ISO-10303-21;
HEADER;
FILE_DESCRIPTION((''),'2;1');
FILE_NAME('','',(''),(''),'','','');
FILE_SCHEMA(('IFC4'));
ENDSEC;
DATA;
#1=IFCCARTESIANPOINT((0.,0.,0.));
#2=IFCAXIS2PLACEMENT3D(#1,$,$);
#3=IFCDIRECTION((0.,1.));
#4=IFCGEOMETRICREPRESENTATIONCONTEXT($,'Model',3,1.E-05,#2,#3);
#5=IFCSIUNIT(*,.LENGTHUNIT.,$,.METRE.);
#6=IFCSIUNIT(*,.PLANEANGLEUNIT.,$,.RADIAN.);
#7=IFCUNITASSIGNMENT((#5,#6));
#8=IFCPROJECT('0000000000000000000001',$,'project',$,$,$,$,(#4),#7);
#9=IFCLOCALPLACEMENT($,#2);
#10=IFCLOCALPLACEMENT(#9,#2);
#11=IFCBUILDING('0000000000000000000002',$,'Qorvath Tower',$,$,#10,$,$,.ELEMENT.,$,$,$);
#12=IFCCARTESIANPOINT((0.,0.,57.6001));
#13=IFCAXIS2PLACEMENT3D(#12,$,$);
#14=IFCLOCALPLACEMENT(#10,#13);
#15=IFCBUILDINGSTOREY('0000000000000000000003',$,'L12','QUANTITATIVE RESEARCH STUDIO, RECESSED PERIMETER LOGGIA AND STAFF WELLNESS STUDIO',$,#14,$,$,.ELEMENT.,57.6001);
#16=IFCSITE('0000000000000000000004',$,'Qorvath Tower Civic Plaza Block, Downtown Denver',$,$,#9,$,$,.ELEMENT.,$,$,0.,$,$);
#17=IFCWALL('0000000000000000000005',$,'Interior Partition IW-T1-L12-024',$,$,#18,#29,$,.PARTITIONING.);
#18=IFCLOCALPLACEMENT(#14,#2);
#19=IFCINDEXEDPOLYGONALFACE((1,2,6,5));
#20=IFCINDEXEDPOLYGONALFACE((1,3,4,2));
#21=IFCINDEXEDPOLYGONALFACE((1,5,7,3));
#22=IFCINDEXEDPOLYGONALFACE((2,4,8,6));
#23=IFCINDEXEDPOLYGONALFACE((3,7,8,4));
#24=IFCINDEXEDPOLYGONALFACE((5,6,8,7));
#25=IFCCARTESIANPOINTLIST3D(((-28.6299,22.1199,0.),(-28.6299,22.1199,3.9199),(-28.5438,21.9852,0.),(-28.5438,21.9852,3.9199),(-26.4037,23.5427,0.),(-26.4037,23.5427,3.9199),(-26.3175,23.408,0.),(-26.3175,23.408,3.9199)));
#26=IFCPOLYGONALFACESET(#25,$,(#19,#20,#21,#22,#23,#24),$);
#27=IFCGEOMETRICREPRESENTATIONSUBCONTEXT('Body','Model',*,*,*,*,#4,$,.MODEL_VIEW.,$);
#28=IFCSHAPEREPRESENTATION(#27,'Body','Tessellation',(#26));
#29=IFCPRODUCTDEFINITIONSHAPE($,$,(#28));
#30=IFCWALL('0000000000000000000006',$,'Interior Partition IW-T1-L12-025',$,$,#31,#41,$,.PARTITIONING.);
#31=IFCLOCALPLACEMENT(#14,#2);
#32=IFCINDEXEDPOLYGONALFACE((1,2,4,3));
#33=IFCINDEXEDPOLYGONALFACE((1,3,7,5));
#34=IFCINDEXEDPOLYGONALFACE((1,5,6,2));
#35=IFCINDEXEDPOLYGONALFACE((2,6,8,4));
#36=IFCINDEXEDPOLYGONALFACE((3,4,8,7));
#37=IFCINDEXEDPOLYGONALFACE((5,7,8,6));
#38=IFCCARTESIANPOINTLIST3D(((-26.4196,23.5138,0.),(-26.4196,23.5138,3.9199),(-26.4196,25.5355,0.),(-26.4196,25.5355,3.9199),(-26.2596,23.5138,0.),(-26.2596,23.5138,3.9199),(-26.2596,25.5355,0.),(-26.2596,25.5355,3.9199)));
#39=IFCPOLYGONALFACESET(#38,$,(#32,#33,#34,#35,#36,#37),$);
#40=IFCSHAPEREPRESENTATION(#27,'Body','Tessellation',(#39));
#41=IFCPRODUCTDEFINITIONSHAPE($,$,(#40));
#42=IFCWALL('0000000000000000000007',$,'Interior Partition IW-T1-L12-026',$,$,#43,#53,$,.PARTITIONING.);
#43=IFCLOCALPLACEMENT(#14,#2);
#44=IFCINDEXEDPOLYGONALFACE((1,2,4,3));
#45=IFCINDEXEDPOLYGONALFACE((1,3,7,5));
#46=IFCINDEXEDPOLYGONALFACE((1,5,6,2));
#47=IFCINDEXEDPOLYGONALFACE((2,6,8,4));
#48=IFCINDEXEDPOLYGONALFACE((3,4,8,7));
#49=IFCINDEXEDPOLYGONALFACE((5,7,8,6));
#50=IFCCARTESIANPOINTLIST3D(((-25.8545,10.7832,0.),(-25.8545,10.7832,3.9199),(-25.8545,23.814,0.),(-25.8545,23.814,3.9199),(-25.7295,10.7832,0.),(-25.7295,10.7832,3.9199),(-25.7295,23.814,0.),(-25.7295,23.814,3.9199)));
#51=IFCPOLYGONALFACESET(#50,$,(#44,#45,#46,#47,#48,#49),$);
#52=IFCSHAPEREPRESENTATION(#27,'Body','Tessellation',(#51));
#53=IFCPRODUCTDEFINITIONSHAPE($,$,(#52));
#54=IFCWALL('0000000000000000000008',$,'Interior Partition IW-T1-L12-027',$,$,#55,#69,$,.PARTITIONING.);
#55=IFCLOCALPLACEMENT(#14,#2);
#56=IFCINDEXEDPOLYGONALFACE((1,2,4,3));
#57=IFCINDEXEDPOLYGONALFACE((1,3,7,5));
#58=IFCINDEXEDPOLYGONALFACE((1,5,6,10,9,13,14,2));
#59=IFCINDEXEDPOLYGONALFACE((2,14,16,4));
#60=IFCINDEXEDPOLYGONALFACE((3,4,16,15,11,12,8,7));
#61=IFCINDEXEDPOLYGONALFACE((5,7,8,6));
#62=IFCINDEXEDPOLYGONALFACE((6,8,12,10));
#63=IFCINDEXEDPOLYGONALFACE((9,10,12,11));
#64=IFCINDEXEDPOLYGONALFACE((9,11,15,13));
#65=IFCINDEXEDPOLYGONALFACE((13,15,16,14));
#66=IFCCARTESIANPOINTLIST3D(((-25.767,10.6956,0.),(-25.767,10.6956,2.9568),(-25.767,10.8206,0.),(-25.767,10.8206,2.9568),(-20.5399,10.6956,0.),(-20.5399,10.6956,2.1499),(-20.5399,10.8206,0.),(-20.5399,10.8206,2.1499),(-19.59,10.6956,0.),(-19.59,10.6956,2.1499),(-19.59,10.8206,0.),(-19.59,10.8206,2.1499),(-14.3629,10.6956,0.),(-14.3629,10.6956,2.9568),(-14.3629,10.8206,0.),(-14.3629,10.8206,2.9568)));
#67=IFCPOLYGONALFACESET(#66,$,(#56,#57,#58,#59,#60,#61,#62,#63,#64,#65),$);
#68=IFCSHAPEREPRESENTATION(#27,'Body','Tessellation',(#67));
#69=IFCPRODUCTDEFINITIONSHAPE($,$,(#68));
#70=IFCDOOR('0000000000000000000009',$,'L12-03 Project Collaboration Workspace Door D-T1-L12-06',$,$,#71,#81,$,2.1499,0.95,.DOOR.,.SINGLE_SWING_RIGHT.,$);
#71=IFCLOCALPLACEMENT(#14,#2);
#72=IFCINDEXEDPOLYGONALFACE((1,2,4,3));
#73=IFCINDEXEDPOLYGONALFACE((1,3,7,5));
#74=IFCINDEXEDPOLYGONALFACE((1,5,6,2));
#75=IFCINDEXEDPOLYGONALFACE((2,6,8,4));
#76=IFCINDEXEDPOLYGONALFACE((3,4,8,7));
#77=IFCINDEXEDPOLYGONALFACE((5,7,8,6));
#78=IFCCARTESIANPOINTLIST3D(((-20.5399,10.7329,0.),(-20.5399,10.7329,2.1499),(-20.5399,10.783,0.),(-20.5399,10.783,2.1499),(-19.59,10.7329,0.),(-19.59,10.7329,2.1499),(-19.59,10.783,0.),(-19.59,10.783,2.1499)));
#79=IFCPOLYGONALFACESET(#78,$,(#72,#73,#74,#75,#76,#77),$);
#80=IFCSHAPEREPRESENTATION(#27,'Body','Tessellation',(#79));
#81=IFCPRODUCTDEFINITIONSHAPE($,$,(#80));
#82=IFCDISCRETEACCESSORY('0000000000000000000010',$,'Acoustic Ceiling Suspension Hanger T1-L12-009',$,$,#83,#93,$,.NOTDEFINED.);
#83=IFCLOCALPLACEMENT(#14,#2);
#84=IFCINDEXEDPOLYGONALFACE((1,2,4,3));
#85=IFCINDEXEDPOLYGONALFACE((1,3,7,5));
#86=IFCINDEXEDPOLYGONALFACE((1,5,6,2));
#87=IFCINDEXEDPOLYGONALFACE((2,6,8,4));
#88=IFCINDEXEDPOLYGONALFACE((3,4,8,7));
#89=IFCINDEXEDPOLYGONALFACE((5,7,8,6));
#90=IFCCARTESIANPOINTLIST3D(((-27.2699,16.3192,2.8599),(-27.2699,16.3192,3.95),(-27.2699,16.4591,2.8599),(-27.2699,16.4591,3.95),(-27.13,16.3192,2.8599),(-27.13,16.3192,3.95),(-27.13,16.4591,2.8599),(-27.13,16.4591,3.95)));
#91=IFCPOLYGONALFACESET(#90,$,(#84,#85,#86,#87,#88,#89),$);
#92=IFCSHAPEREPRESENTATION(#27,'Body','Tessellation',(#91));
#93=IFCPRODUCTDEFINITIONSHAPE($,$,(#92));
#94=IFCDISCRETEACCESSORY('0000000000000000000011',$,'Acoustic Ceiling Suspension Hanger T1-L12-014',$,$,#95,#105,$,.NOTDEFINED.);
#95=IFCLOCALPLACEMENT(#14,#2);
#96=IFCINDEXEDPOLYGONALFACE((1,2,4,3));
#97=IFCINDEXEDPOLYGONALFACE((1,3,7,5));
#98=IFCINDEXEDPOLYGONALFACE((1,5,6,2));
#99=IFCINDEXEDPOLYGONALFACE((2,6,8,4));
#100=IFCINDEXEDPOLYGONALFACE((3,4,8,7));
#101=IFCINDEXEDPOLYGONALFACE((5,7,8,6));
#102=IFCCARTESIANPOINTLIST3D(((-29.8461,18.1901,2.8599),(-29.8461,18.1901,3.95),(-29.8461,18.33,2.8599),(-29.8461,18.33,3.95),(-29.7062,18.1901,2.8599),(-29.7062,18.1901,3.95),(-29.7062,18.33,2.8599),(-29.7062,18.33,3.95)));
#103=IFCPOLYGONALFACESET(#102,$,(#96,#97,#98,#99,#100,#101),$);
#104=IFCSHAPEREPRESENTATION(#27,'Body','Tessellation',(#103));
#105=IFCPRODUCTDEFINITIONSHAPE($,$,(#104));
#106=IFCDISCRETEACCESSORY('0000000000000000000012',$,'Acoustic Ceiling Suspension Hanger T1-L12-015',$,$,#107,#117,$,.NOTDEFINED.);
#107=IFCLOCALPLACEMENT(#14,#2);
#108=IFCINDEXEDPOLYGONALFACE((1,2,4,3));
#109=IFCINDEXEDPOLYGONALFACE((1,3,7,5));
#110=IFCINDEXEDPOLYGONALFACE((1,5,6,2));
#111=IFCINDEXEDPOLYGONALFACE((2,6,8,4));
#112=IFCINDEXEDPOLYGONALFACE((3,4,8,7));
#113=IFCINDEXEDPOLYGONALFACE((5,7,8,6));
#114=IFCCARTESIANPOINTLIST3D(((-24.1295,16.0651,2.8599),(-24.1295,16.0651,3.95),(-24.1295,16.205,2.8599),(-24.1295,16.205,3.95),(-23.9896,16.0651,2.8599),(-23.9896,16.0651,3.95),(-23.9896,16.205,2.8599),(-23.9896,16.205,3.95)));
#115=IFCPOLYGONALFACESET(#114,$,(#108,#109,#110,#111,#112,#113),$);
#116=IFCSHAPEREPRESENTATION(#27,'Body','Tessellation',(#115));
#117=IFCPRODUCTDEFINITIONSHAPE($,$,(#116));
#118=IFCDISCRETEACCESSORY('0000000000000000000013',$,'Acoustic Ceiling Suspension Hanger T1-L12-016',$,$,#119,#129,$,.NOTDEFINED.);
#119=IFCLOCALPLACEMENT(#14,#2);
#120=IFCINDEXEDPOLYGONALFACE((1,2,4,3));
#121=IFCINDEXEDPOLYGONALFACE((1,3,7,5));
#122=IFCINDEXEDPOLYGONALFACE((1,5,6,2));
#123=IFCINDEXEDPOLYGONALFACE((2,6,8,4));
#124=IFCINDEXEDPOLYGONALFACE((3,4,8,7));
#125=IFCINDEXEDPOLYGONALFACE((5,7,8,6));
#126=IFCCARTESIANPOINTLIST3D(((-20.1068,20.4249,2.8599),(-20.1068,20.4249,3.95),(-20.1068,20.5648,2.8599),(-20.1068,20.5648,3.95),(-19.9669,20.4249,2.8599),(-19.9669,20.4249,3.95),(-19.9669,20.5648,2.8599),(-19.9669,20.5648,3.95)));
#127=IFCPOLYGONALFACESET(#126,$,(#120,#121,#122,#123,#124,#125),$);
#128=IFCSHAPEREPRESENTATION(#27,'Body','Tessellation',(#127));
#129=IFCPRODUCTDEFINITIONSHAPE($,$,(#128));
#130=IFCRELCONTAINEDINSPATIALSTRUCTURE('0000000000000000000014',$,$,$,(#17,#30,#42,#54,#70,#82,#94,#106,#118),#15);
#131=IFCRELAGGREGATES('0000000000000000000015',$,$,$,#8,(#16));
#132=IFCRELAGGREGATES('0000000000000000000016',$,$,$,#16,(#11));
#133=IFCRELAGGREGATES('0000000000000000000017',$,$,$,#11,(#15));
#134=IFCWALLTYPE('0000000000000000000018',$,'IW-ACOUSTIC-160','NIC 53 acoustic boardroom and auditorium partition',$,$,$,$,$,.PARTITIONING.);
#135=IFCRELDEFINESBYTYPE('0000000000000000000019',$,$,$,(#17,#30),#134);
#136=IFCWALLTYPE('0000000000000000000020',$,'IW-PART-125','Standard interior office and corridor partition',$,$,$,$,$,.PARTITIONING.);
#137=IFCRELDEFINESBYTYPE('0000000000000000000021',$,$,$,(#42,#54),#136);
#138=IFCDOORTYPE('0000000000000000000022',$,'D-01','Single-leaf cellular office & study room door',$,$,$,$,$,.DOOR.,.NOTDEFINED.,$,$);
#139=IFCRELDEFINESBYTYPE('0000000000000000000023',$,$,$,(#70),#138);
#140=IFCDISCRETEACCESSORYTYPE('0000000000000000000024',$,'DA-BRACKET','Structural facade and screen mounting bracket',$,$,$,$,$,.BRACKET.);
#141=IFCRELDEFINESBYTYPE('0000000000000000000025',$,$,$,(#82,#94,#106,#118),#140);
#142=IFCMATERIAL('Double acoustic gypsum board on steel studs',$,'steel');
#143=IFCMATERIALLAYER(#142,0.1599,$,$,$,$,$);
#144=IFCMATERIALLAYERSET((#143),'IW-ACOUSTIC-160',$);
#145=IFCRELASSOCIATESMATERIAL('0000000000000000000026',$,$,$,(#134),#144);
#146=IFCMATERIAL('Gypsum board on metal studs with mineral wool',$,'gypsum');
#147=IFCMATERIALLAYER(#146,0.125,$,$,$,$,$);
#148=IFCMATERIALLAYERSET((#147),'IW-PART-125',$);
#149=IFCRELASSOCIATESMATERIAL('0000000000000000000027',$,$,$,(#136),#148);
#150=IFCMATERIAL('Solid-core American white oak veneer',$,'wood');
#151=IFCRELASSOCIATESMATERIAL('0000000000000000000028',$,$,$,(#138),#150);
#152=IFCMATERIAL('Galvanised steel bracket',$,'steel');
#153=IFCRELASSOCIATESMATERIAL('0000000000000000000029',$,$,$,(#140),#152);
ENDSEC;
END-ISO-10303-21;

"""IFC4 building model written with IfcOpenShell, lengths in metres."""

from ifc_helpers import new_model, si_unit, direction, frame, frame_2d, origin, origin_2d, place, context, subcontext, project, spatial, rectangle, extrude, material, layer, layer_set, type_object, element, fill, save


model = new_model("IFC4")

# Units and contexts
model_context = context("Model", 3, precision=1e-05, world=origin(), true_north=direction((0.0, 1.0)))
body_context = subcontext(model_context, "Body", "Model", "MODEL_VIEW")
ifc_project = project(units=[si_unit("LENGTHUNIT", "METRE"), si_unit("PLANEANGLEUNIT", "RADIAN")], contexts=[model_context])

# Site, building, storey
site_placement = place(None, origin())
site = spatial("IfcSite", under=ifc_project, at=site_placement, Name="Qorvath Tower Civic Plaza Block, Downtown Denver", CompositionType="ELEMENT", RefElevation=0.0)
building_placement = place(site_placement, origin())
building = spatial("IfcBuilding", under=site, at=building_placement, Name="Qorvath Tower", CompositionType="ELEMENT")
storey_placement = place(building_placement, frame((0.0, 0.0, 57.6001)))
storey = spatial("IfcBuildingStorey", under=building, at=storey_placement, Name="L12", Description="QUANTITATIVE RESEARCH STUDIO, RECESSED PERIMETER LOGGIA AND STAFF WELLNESS STUDIO", CompositionType="ELEMENT", Elevation=57.6001)

# Walls
ifc_material_1 = material(Name="Double acoustic gypsum board on steel studs", Category="steel")
ifc_layer_1 = layer(ifc_material_1, 0.1599)
ifc_layer_set_1 = layer_set([ifc_layer_1], Name="IW-ACOUSTIC-160")
wall_type_1 = type_object("IfcWallType", Name="IW-ACOUSTIC-160", Description="NIC 53 acoustic boardroom and auditorium partition", PredefinedType="PARTITIONING", material=ifc_layer_set_1)
wall_1_placement = place(storey_placement, frame((-26.3606, 23.4753, 0.0), z_axis=(0.0, 0.0, 1.0), x_axis=(-0.842614, -0.538519, 0.0)))
element("IfcWall", 1, at=wall_1_placement, inside=storey, type_object=wall_type_1, Name="Interior Partition IW-T1-L12-024", PredefinedType="PARTITIONING", context=body_context, shape_type="SweptSolid", body=[
    extrude(rectangle(XDim=2.6421, YDim=0.1599, at=frame_2d((1.321, 0.0))), origin(), (0.0, 0.0, 1.0), 3.9199),
])
wall_2_placement = place(storey_placement, frame((-26.3396, 23.5139, 0.0), z_axis=(0.0, 0.0, 1.0), x_axis=(0.0, 1.0, 0.0)))
element("IfcWall", 2, at=wall_2_placement, inside=storey, type_object=wall_type_1, Name="Interior Partition IW-T1-L12-025", PredefinedType="PARTITIONING", context=body_context, shape_type="SweptSolid", body=[
    extrude(rectangle(XDim=2.0217, YDim=0.1599, at=frame_2d((1.0107, 0.0))), origin(), (0.0, 0.0, 1.0), 3.9199),
])
ifc_material_2 = material(Name="Gypsum board on metal studs with mineral wool", Category="gypsum")
ifc_layer_2 = layer(ifc_material_2, 0.125)
ifc_layer_set_2 = layer_set([ifc_layer_2], Name="IW-PART-125")
wall_type_2 = type_object("IfcWallType", Name="IW-PART-125", Description="Standard interior office and corridor partition", PredefinedType="PARTITIONING", material=ifc_layer_set_2)
wall_3_placement = place(storey_placement, frame((-25.792, 23.814, 0.0), z_axis=(0.0, 0.0, 1.0), x_axis=(0.0, -1.0, 0.0)))
element("IfcWall", 3, at=wall_3_placement, inside=storey, type_object=wall_type_2, Name="Interior Partition IW-T1-L12-026", PredefinedType="PARTITIONING", context=body_context, shape_type="SweptSolid", body=[
    extrude(rectangle(XDim=13.0308, YDim=0.125, at=frame_2d((6.5154, 0.0))), origin(), (0.0, 0.0, 1.0), 3.9199),
])

# Wall, opening, door
wall_4_placement = place(storey_placement, frame((-25.7671, 10.7581, 0.0), z_axis=(0.0, 0.0, 1.0), x_axis=(1.0, 0.0, 0.0)))
wall_4 = element("IfcWall", 4, at=wall_4_placement, inside=storey, type_object=wall_type_2, Name="Interior Partition IW-T1-L12-027", PredefinedType="PARTITIONING", context=body_context, shape_type="SweptSolid", body=[
    extrude(rectangle(XDim=11.4041, YDim=0.125, at=frame_2d((5.7021, 0.0))), origin(), (0.0, 0.0, 1.0), 2.9568),
])
opening_placement = place(wall_4_placement, frame((5.2271, 0.0, 0.0)))
opening = element("IfcOpeningElement", 5, at=opening_placement, cuts=wall_4, PredefinedType="OPENING", context=body_context, shape_type="SweptSolid", body=[
    extrude(rectangle(XDim=0.95, YDim=2.1499, at=frame_2d((0.4751, 1.075))), frame((0.0, 0.0725, 0.0), z_axis=(0.0, -1.0, 0.0), x_axis=(1.0, 0.0, 0.0)), (0.0, 0.0, 1.0), 0.145),
])
ifc_material_3 = material(Name="Solid-core American white oak veneer", Category="wood")
door_type = type_object("IfcDoorType", Name="D-01", Description="Single-leaf cellular office & study room door", OperationType="NOTDEFINED", PredefinedType="DOOR", material=ifc_material_3)
door_placement = place(opening_placement, origin())
door = element("IfcDoor", 6, at=door_placement, inside=storey, type_object=door_type, Name="L12-03 Project Collaboration Workspace Door D-T1-L12-06", OperationType="SINGLE_SWING_RIGHT", OverallHeight=2.1499, OverallWidth=0.95, PredefinedType="DOOR", context=body_context, shape_type="SweptSolid", body=[
    extrude(rectangle(XDim=0.95, YDim=2.1499, at=frame_2d((0.4751, 1.075))), frame((0.0, 0.0249, 0.0), z_axis=(0.0, -1.0, 0.0), x_axis=(1.0, 0.0, 0.0)), (0.0, 0.0, 1.0), 0.05),
])
fill(opening, door)

# Discrete accessories
ifc_material_4 = material(Name="Galvanised steel bracket", Category="steel")
discrete_accessory_type = type_object("IfcDiscreteAccessoryType", Name="DA-BRACKET", Description="Structural facade and screen mounting bracket", PredefinedType="BRACKET", material=ifc_material_4)
for number, where, z_axis, x_axis, name in (
    (7, (-27.2, 16.3892, 2.8599), (0.0, 0.0, 1.0), (1.0, 0.0, 0.0), "Acoustic Ceiling Suspension Hanger T1-L12-009"),
    (8, (-29.7761, 18.26, 2.8599), (0.0, 0.0, 1.0), (1.0, 0.0, 0.0), "Acoustic Ceiling Suspension Hanger T1-L12-014"),
    (9, (-24.0596, 16.135, 2.8599), (0.0, 0.0, 1.0), (1.0, 0.0, 0.0), "Acoustic Ceiling Suspension Hanger T1-L12-015"),
    (10, (-20.0369, 20.4949, 2.8599), (0.0, 0.0, 1.0), (1.0, 0.0, 0.0), "Acoustic Ceiling Suspension Hanger T1-L12-016"),
):
    element("IfcDiscreteAccessory", number, at=place(storey_placement, frame(where, z_axis=z_axis, x_axis=x_axis)), inside=storey, type_object=discrete_accessory_type, Name=name, PredefinedType="NOTDEFINED", context=body_context, shape_type="SweptSolid", body=[
        extrude(rectangle(XDim=0.1399, YDim=0.1399, at=origin_2d()), origin(), (0.0, 0.0, 1.0), 1.0901),
    ])

save(model, "model.ifc")
